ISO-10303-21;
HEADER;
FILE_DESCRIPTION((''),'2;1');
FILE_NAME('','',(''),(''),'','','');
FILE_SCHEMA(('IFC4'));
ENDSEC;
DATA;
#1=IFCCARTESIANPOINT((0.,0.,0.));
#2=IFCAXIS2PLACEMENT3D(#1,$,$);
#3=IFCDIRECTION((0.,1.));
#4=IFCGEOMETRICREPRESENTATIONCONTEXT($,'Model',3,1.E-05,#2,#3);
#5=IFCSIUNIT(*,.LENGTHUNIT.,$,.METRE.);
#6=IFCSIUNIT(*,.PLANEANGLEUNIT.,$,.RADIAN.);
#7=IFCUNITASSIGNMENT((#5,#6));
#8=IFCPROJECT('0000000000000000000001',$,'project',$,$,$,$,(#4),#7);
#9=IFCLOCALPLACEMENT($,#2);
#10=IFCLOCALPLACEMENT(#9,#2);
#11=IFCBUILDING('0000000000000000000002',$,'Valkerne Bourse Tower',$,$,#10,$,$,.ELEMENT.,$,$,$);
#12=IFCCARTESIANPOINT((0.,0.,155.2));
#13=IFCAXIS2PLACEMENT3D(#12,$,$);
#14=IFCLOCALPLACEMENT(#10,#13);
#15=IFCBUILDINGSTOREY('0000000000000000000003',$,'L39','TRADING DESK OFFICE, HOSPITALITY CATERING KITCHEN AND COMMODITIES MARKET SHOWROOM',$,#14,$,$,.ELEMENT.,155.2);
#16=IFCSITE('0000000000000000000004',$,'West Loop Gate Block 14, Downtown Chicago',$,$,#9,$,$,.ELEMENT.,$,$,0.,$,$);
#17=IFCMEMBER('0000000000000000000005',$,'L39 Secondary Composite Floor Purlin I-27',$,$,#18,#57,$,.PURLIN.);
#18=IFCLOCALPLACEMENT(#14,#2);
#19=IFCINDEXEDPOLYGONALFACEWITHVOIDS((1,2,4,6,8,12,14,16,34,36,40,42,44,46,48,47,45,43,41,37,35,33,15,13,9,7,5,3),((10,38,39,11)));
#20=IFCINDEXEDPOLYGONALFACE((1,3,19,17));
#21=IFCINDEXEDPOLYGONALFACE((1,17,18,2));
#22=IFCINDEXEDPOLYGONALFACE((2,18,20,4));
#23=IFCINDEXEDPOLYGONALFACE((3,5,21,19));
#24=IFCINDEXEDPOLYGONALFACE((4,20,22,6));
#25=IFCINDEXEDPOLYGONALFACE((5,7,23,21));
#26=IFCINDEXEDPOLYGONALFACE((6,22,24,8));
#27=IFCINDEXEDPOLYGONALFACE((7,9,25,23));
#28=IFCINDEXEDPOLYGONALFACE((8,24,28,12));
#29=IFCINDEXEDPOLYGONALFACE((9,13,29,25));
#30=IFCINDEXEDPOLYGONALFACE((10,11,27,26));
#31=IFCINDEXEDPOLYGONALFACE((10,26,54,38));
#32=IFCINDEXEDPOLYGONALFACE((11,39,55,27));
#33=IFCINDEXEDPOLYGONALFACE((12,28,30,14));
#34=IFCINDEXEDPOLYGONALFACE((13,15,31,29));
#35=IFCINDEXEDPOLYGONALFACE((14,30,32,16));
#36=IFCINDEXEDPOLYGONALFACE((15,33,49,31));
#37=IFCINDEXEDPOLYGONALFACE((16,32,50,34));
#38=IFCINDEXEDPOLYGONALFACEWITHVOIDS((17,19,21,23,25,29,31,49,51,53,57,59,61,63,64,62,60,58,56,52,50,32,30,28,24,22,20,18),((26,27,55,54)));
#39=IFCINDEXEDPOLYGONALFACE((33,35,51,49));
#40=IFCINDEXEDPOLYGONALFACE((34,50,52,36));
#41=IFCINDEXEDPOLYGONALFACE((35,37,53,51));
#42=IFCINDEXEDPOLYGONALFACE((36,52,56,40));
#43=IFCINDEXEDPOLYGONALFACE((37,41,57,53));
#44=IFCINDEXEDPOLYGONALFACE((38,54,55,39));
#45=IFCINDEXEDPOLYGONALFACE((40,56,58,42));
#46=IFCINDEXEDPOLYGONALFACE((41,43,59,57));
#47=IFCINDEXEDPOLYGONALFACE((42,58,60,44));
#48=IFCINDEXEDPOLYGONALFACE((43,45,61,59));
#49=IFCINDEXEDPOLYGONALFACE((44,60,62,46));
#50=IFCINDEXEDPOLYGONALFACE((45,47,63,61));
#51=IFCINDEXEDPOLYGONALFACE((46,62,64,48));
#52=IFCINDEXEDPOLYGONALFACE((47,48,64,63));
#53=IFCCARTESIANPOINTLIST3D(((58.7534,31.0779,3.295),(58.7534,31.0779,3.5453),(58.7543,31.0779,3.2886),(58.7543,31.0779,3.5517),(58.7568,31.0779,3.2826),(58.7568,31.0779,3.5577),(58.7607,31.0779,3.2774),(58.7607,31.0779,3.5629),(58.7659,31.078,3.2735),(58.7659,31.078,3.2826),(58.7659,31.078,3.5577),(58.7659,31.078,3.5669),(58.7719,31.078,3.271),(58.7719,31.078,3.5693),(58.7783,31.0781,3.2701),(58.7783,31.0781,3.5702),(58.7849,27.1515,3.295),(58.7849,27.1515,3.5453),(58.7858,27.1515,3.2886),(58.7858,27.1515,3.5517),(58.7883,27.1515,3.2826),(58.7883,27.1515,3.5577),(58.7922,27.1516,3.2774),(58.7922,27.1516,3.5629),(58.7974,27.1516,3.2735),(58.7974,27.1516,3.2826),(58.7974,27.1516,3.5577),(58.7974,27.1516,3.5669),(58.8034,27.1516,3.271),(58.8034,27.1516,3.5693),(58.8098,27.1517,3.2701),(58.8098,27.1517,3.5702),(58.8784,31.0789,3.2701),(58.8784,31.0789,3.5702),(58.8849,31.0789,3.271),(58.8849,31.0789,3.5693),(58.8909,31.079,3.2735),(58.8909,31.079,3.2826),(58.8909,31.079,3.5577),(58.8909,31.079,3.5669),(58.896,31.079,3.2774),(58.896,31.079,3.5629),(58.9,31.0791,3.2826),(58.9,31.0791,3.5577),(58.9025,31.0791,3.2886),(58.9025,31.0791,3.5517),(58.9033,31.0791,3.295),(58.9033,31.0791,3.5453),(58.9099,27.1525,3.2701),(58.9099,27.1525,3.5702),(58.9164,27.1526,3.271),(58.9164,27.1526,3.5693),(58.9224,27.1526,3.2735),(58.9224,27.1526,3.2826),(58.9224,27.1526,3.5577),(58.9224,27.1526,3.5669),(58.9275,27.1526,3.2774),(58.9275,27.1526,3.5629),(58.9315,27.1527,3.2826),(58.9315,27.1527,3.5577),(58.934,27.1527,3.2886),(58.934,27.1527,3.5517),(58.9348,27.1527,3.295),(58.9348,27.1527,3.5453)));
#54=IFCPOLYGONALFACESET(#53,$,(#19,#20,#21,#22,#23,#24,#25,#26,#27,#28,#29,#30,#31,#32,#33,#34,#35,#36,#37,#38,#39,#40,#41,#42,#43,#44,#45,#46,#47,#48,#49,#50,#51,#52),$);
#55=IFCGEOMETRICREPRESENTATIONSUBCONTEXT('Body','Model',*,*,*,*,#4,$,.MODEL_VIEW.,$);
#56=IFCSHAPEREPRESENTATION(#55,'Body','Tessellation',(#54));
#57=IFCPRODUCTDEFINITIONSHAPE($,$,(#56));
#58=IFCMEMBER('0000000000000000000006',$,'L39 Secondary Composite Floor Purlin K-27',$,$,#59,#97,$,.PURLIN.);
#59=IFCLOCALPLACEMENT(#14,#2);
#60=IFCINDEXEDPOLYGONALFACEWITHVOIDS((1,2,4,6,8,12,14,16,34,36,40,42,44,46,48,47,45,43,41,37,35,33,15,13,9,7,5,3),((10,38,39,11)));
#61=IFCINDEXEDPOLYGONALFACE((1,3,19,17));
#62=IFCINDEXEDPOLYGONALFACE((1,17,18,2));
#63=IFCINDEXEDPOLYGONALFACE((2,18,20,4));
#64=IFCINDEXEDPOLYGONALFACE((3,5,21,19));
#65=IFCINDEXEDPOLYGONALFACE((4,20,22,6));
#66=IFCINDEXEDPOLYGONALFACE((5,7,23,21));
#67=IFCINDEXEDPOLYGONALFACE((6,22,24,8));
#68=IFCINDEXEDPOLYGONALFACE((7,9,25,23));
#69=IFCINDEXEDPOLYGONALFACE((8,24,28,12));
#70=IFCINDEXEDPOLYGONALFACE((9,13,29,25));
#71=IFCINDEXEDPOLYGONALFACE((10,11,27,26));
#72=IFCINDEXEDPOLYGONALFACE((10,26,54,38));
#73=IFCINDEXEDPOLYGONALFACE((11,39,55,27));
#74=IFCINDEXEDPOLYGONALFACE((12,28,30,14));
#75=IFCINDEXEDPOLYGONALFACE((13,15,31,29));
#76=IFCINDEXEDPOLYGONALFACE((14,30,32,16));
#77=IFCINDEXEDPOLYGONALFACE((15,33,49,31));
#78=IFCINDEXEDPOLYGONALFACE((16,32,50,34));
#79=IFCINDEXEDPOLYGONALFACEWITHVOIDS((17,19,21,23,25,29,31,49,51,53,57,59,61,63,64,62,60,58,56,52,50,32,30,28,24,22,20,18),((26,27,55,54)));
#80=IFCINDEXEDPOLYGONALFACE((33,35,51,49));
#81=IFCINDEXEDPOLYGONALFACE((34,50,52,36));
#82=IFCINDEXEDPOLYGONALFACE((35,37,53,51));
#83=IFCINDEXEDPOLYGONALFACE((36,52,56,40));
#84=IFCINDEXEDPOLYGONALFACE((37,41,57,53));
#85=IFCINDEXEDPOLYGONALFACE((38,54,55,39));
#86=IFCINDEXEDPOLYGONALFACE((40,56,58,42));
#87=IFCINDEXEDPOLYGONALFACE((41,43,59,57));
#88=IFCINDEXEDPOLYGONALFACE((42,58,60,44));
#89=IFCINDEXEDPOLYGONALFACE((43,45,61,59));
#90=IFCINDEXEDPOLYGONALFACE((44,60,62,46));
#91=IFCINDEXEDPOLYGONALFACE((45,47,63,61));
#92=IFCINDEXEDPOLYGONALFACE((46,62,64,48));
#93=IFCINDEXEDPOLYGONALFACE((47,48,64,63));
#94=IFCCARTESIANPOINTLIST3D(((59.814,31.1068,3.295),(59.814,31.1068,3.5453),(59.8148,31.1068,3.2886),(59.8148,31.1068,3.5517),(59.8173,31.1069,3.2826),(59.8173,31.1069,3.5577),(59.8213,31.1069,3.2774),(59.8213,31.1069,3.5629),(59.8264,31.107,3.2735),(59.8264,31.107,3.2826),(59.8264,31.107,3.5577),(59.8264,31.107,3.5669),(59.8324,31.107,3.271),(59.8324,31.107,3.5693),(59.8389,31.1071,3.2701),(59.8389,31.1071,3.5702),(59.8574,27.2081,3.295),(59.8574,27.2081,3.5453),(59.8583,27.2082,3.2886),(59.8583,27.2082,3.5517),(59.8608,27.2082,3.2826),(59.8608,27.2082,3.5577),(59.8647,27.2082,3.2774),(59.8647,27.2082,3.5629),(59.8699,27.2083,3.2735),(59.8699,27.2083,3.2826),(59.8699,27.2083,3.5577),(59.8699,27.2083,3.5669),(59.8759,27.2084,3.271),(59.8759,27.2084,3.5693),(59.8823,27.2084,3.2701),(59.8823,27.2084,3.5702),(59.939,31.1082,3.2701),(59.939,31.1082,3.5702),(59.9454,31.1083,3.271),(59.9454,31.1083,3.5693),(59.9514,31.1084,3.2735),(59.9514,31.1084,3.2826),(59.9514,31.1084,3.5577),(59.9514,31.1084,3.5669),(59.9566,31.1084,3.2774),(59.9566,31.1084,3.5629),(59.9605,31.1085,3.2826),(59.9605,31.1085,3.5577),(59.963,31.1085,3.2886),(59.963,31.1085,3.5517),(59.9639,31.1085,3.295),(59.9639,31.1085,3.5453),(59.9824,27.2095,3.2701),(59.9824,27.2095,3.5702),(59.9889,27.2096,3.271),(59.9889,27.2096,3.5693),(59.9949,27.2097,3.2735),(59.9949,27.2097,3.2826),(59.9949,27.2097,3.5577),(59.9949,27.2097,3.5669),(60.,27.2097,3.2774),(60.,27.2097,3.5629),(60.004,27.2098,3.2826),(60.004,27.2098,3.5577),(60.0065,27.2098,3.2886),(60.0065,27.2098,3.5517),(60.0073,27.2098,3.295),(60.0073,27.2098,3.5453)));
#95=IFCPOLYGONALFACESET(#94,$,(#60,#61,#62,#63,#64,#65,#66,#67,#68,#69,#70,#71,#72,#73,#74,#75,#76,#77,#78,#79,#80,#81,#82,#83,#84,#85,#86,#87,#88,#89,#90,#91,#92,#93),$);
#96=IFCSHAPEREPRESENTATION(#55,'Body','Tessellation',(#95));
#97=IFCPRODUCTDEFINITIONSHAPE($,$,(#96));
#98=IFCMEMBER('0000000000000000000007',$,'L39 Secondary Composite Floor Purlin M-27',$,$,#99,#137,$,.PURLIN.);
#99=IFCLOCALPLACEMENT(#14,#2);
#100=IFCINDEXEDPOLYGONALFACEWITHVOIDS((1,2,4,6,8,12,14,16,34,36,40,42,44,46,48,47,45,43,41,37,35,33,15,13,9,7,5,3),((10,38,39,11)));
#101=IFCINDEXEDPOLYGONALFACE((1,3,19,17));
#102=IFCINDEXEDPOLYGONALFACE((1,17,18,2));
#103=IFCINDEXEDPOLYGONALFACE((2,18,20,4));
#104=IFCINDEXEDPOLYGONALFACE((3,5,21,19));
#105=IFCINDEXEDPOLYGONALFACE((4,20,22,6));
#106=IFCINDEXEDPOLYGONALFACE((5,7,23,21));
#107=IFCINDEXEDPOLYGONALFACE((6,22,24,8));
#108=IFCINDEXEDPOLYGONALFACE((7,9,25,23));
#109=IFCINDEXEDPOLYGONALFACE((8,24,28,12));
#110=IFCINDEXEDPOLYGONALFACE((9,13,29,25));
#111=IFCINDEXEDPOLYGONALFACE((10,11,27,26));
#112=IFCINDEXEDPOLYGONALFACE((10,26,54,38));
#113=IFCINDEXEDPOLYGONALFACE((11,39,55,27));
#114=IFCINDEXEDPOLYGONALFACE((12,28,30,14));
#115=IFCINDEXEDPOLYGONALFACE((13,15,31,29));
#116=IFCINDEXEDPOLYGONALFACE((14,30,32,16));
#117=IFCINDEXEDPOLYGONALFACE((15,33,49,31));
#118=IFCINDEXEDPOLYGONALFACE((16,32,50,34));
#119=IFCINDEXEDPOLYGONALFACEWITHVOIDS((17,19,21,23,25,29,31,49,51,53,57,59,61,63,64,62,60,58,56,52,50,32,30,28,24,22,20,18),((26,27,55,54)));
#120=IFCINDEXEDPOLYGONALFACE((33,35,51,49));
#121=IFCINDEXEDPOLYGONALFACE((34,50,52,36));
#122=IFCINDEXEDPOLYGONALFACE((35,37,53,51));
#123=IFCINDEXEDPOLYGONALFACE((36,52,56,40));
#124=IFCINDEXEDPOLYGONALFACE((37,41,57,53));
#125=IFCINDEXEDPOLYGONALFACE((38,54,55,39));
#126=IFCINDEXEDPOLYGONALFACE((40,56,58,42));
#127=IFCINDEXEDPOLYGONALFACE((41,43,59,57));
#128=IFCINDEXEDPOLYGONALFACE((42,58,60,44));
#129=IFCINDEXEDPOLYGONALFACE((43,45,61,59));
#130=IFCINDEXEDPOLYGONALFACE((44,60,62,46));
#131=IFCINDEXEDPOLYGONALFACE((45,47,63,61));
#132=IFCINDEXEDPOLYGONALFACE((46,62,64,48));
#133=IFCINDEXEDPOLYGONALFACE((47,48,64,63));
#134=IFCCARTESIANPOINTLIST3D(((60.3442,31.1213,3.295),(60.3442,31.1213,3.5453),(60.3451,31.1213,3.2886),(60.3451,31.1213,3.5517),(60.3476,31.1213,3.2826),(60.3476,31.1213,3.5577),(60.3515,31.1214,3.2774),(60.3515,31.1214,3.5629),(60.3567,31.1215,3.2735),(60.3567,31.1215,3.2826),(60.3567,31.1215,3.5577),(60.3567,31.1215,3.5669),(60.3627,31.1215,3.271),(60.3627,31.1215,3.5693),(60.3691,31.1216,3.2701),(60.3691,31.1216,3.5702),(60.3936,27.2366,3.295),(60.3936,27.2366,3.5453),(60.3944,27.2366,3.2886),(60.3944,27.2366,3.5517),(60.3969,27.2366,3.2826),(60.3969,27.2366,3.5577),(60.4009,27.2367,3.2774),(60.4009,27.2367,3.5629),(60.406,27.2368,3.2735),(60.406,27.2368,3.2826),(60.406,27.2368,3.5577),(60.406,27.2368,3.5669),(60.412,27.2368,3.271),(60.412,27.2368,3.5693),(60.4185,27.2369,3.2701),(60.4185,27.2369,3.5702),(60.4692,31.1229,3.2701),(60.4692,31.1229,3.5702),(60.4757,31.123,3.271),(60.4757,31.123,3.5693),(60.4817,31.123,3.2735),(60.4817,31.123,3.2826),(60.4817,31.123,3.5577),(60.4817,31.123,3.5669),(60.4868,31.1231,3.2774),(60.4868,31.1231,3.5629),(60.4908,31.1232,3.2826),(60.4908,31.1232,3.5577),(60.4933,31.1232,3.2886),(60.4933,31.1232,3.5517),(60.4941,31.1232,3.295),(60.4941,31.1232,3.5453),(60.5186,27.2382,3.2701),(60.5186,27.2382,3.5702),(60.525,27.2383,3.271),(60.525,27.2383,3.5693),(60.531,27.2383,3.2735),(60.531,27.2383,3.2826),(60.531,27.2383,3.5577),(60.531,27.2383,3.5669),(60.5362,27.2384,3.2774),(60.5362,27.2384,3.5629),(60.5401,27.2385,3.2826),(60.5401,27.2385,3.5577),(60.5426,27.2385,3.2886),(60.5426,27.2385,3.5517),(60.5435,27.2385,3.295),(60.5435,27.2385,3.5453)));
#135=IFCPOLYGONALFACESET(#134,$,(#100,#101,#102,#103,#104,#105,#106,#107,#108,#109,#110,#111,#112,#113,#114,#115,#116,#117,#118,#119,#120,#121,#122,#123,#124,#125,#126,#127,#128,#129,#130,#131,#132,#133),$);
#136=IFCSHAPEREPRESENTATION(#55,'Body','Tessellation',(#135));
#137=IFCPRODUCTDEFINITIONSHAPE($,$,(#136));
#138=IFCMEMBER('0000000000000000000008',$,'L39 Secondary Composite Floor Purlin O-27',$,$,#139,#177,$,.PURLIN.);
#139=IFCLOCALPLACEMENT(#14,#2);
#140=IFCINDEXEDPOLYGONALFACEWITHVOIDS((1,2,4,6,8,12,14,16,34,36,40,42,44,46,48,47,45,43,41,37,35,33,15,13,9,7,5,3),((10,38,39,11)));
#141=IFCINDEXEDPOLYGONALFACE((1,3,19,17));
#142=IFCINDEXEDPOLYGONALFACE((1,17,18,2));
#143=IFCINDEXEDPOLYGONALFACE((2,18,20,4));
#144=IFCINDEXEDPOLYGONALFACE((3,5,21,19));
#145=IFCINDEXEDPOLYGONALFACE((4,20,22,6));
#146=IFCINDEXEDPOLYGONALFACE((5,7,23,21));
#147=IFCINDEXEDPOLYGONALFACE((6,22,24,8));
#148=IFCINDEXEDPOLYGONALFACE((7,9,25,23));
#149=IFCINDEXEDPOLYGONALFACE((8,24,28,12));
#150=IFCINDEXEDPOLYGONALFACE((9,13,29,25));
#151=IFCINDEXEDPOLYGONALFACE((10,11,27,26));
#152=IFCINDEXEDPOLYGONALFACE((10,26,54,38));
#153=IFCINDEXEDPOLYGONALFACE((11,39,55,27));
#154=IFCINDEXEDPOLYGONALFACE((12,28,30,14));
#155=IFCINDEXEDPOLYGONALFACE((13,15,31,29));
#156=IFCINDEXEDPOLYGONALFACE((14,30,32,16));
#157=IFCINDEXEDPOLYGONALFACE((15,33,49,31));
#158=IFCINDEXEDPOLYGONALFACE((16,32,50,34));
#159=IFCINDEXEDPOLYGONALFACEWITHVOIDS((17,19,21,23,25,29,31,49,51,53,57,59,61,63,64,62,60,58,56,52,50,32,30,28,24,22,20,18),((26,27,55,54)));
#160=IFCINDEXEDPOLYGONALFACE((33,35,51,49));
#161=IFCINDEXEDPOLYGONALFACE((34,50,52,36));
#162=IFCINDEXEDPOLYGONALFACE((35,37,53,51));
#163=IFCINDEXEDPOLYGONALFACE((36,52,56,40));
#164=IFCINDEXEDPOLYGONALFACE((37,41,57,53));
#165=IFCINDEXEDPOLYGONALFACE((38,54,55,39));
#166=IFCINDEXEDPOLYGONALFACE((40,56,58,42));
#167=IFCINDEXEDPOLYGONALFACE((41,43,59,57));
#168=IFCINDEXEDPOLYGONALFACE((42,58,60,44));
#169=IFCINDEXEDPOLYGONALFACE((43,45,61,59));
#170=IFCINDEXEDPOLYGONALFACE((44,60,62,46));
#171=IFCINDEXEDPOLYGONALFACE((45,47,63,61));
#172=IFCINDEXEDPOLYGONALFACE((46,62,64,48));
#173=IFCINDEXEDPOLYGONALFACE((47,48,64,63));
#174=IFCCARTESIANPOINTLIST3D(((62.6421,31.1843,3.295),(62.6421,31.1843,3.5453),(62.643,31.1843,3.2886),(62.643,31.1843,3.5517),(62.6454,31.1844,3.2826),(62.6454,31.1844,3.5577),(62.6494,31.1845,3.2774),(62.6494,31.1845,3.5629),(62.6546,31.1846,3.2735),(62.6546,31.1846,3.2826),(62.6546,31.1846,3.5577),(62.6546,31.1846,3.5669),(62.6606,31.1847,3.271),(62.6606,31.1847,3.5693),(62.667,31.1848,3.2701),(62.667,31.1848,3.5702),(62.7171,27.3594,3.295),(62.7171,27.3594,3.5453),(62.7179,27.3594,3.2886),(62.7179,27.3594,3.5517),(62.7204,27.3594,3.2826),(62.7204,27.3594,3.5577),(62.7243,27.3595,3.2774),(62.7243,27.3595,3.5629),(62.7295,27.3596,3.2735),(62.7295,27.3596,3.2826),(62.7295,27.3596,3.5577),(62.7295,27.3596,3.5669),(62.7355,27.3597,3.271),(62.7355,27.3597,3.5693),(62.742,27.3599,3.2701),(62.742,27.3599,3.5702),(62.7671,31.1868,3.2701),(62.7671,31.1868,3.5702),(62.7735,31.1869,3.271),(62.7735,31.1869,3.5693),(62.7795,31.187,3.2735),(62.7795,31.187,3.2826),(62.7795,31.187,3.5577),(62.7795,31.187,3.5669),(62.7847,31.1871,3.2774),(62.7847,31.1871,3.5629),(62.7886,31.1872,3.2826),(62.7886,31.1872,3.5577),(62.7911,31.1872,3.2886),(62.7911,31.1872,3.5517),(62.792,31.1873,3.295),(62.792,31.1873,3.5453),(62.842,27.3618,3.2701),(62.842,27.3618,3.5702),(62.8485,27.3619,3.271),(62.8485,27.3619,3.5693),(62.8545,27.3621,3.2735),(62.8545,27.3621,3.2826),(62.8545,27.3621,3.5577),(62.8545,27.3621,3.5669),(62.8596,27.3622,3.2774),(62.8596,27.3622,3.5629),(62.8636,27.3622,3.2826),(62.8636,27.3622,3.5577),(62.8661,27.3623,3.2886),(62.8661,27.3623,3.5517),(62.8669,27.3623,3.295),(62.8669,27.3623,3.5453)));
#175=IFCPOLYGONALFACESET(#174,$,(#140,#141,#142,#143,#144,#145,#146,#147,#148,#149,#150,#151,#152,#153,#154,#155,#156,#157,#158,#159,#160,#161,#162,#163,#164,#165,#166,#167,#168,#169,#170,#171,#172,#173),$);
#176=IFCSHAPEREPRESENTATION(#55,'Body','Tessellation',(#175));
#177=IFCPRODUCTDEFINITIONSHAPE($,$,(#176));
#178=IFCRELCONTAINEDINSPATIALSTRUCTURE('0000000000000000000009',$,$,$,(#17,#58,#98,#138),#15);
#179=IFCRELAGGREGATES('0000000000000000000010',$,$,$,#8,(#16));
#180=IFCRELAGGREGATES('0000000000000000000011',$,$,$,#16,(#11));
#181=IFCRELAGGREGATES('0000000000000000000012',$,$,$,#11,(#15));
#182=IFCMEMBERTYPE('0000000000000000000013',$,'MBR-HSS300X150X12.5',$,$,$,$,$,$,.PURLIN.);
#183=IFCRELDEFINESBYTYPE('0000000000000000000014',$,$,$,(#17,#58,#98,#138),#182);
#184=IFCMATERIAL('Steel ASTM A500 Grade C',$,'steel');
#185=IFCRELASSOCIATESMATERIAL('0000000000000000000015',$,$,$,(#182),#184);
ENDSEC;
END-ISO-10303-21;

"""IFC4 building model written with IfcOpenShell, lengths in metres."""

from ifc_helpers import new_model, si_unit, direction, frame, origin, origin_2d, place, context, subcontext, project, spatial, hollow_rectangle, extrude, material, material_profile, profile_set, type_object, element, save


model = new_model("IFC4")

# Units and contexts
model_context = context("Model", 3, precision=1e-05, world=origin(), true_north=direction((0.0, 1.0)))
body_context = subcontext(model_context, "Body", "Model", "MODEL_VIEW")
ifc_project = project(units=[si_unit("LENGTHUNIT", "METRE"), si_unit("PLANEANGLEUNIT", "RADIAN")], contexts=[model_context])

# Site, building, storey
site_placement = place(None, origin())
site = spatial("IfcSite", under=ifc_project, at=site_placement, Name="West Loop Gate Block 14, Downtown Chicago", CompositionType="ELEMENT", RefElevation=0.0)
building_placement = place(site_placement, origin())
building = spatial("IfcBuilding", under=site, at=building_placement, Name="Valkerne Bourse Tower", CompositionType="ELEMENT")
storey_placement = place(building_placement, frame((0.0, 0.0, 155.2)))
storey = spatial("IfcBuildingStorey", under=building, at=storey_placement, Name="L39", Description="TRADING DESK OFFICE, HOSPITALITY CATERING KITCHEN AND COMMODITIES MARKET SHOWROOM", CompositionType="ELEMENT", Elevation=155.2)

# Members
ifc_material_1 = material(Name="Steel ASTM A500 Grade C", Category="steel")
ifc_material_profile_1 = material_profile(ifc_material_1, hollow_rectangle(XDim=0.1499, YDim=0.3, WallThickness=0.0125, OuterFilletRadius=0.0249, at=origin_2d()), Name="HSS300X150X12.5")
ifc_profile_set_1 = profile_set([ifc_material_profile_1], Name="Steel ASTM A500 Grade C")
member_type_1 = type_object("IfcMemberType", Name="MBR-HSS300X150X12.5", PredefinedType="PURLIN", material=ifc_profile_set_1)
member_1_placement = place(storey_placement, frame((58.8599, 27.1521, 3.4202), z_axis=(-0.008021, 0.999968, 0.0), x_axis=(-0.999968, -0.008021, 0.0)))
element("IfcMember", 1, at=member_1_placement, inside=storey, type_object=member_type_1, Name="L39 Secondary Composite Floor Purlin I-27", PredefinedType="PURLIN", context=body_context, shape_type="SweptSolid", body=[
    extrude(hollow_rectangle(XDim=0.1499, YDim=0.3, WallThickness=0.0125, OuterFilletRadius=0.0249, at=origin_2d()), origin(), (0.0, 0.0, 1.0), 3.9265),
])
member_2_placement = place(storey_placement, frame((59.9324, 27.209, 3.4202), z_axis=(-0.011146, 0.999938, 0.0), x_axis=(-0.999938, -0.011146, 0.0)))
element("IfcMember", 2, at=member_2_placement, inside=storey, type_object=member_type_1, Name="L39 Secondary Composite Floor Purlin K-27", PredefinedType="PURLIN", context=body_context, shape_type="SweptSolid", body=[
    extrude(hollow_rectangle(XDim=0.1499, YDim=0.3, WallThickness=0.0125, OuterFilletRadius=0.0249, at=origin_2d()), origin(), (0.0, 0.0, 1.0), 3.8989),
])
member_3_placement = place(storey_placement, frame((60.4685, 27.2375, 3.4202), z_axis=(-0.012694, 0.999919, 0.0), x_axis=(-0.999919, -0.012694, 0.0)))
element("IfcMember", 3, at=member_3_placement, inside=storey, type_object=member_type_1, Name="L39 Secondary Composite Floor Purlin M-27", PredefinedType="PURLIN", context=body_context, shape_type="SweptSolid", body=[
    extrude(hollow_rectangle(XDim=0.1499, YDim=0.3, WallThickness=0.0125, OuterFilletRadius=0.0249, at=origin_2d()), origin(), (0.0, 0.0, 1.0), 3.885),
])
member_4_placement = place(storey_placement, frame((62.792, 27.3608, 3.4202), z_axis=(-0.019592, 0.999808, 0.0), x_axis=(-0.999808, -0.019592, 0.0)))
element("IfcMember", 4, at=member_4_placement, inside=storey, type_object=member_type_1, Name="L39 Secondary Composite Floor Purlin O-27", PredefinedType="PURLIN", context=body_context, shape_type="SweptSolid", body=[
    extrude(hollow_rectangle(XDim=0.1499, YDim=0.3, WallThickness=0.0125, OuterFilletRadius=0.0249, at=origin_2d()), origin(), (0.0, 0.0, 1.0), 3.8257),
])

save(model, "model.ifc")
